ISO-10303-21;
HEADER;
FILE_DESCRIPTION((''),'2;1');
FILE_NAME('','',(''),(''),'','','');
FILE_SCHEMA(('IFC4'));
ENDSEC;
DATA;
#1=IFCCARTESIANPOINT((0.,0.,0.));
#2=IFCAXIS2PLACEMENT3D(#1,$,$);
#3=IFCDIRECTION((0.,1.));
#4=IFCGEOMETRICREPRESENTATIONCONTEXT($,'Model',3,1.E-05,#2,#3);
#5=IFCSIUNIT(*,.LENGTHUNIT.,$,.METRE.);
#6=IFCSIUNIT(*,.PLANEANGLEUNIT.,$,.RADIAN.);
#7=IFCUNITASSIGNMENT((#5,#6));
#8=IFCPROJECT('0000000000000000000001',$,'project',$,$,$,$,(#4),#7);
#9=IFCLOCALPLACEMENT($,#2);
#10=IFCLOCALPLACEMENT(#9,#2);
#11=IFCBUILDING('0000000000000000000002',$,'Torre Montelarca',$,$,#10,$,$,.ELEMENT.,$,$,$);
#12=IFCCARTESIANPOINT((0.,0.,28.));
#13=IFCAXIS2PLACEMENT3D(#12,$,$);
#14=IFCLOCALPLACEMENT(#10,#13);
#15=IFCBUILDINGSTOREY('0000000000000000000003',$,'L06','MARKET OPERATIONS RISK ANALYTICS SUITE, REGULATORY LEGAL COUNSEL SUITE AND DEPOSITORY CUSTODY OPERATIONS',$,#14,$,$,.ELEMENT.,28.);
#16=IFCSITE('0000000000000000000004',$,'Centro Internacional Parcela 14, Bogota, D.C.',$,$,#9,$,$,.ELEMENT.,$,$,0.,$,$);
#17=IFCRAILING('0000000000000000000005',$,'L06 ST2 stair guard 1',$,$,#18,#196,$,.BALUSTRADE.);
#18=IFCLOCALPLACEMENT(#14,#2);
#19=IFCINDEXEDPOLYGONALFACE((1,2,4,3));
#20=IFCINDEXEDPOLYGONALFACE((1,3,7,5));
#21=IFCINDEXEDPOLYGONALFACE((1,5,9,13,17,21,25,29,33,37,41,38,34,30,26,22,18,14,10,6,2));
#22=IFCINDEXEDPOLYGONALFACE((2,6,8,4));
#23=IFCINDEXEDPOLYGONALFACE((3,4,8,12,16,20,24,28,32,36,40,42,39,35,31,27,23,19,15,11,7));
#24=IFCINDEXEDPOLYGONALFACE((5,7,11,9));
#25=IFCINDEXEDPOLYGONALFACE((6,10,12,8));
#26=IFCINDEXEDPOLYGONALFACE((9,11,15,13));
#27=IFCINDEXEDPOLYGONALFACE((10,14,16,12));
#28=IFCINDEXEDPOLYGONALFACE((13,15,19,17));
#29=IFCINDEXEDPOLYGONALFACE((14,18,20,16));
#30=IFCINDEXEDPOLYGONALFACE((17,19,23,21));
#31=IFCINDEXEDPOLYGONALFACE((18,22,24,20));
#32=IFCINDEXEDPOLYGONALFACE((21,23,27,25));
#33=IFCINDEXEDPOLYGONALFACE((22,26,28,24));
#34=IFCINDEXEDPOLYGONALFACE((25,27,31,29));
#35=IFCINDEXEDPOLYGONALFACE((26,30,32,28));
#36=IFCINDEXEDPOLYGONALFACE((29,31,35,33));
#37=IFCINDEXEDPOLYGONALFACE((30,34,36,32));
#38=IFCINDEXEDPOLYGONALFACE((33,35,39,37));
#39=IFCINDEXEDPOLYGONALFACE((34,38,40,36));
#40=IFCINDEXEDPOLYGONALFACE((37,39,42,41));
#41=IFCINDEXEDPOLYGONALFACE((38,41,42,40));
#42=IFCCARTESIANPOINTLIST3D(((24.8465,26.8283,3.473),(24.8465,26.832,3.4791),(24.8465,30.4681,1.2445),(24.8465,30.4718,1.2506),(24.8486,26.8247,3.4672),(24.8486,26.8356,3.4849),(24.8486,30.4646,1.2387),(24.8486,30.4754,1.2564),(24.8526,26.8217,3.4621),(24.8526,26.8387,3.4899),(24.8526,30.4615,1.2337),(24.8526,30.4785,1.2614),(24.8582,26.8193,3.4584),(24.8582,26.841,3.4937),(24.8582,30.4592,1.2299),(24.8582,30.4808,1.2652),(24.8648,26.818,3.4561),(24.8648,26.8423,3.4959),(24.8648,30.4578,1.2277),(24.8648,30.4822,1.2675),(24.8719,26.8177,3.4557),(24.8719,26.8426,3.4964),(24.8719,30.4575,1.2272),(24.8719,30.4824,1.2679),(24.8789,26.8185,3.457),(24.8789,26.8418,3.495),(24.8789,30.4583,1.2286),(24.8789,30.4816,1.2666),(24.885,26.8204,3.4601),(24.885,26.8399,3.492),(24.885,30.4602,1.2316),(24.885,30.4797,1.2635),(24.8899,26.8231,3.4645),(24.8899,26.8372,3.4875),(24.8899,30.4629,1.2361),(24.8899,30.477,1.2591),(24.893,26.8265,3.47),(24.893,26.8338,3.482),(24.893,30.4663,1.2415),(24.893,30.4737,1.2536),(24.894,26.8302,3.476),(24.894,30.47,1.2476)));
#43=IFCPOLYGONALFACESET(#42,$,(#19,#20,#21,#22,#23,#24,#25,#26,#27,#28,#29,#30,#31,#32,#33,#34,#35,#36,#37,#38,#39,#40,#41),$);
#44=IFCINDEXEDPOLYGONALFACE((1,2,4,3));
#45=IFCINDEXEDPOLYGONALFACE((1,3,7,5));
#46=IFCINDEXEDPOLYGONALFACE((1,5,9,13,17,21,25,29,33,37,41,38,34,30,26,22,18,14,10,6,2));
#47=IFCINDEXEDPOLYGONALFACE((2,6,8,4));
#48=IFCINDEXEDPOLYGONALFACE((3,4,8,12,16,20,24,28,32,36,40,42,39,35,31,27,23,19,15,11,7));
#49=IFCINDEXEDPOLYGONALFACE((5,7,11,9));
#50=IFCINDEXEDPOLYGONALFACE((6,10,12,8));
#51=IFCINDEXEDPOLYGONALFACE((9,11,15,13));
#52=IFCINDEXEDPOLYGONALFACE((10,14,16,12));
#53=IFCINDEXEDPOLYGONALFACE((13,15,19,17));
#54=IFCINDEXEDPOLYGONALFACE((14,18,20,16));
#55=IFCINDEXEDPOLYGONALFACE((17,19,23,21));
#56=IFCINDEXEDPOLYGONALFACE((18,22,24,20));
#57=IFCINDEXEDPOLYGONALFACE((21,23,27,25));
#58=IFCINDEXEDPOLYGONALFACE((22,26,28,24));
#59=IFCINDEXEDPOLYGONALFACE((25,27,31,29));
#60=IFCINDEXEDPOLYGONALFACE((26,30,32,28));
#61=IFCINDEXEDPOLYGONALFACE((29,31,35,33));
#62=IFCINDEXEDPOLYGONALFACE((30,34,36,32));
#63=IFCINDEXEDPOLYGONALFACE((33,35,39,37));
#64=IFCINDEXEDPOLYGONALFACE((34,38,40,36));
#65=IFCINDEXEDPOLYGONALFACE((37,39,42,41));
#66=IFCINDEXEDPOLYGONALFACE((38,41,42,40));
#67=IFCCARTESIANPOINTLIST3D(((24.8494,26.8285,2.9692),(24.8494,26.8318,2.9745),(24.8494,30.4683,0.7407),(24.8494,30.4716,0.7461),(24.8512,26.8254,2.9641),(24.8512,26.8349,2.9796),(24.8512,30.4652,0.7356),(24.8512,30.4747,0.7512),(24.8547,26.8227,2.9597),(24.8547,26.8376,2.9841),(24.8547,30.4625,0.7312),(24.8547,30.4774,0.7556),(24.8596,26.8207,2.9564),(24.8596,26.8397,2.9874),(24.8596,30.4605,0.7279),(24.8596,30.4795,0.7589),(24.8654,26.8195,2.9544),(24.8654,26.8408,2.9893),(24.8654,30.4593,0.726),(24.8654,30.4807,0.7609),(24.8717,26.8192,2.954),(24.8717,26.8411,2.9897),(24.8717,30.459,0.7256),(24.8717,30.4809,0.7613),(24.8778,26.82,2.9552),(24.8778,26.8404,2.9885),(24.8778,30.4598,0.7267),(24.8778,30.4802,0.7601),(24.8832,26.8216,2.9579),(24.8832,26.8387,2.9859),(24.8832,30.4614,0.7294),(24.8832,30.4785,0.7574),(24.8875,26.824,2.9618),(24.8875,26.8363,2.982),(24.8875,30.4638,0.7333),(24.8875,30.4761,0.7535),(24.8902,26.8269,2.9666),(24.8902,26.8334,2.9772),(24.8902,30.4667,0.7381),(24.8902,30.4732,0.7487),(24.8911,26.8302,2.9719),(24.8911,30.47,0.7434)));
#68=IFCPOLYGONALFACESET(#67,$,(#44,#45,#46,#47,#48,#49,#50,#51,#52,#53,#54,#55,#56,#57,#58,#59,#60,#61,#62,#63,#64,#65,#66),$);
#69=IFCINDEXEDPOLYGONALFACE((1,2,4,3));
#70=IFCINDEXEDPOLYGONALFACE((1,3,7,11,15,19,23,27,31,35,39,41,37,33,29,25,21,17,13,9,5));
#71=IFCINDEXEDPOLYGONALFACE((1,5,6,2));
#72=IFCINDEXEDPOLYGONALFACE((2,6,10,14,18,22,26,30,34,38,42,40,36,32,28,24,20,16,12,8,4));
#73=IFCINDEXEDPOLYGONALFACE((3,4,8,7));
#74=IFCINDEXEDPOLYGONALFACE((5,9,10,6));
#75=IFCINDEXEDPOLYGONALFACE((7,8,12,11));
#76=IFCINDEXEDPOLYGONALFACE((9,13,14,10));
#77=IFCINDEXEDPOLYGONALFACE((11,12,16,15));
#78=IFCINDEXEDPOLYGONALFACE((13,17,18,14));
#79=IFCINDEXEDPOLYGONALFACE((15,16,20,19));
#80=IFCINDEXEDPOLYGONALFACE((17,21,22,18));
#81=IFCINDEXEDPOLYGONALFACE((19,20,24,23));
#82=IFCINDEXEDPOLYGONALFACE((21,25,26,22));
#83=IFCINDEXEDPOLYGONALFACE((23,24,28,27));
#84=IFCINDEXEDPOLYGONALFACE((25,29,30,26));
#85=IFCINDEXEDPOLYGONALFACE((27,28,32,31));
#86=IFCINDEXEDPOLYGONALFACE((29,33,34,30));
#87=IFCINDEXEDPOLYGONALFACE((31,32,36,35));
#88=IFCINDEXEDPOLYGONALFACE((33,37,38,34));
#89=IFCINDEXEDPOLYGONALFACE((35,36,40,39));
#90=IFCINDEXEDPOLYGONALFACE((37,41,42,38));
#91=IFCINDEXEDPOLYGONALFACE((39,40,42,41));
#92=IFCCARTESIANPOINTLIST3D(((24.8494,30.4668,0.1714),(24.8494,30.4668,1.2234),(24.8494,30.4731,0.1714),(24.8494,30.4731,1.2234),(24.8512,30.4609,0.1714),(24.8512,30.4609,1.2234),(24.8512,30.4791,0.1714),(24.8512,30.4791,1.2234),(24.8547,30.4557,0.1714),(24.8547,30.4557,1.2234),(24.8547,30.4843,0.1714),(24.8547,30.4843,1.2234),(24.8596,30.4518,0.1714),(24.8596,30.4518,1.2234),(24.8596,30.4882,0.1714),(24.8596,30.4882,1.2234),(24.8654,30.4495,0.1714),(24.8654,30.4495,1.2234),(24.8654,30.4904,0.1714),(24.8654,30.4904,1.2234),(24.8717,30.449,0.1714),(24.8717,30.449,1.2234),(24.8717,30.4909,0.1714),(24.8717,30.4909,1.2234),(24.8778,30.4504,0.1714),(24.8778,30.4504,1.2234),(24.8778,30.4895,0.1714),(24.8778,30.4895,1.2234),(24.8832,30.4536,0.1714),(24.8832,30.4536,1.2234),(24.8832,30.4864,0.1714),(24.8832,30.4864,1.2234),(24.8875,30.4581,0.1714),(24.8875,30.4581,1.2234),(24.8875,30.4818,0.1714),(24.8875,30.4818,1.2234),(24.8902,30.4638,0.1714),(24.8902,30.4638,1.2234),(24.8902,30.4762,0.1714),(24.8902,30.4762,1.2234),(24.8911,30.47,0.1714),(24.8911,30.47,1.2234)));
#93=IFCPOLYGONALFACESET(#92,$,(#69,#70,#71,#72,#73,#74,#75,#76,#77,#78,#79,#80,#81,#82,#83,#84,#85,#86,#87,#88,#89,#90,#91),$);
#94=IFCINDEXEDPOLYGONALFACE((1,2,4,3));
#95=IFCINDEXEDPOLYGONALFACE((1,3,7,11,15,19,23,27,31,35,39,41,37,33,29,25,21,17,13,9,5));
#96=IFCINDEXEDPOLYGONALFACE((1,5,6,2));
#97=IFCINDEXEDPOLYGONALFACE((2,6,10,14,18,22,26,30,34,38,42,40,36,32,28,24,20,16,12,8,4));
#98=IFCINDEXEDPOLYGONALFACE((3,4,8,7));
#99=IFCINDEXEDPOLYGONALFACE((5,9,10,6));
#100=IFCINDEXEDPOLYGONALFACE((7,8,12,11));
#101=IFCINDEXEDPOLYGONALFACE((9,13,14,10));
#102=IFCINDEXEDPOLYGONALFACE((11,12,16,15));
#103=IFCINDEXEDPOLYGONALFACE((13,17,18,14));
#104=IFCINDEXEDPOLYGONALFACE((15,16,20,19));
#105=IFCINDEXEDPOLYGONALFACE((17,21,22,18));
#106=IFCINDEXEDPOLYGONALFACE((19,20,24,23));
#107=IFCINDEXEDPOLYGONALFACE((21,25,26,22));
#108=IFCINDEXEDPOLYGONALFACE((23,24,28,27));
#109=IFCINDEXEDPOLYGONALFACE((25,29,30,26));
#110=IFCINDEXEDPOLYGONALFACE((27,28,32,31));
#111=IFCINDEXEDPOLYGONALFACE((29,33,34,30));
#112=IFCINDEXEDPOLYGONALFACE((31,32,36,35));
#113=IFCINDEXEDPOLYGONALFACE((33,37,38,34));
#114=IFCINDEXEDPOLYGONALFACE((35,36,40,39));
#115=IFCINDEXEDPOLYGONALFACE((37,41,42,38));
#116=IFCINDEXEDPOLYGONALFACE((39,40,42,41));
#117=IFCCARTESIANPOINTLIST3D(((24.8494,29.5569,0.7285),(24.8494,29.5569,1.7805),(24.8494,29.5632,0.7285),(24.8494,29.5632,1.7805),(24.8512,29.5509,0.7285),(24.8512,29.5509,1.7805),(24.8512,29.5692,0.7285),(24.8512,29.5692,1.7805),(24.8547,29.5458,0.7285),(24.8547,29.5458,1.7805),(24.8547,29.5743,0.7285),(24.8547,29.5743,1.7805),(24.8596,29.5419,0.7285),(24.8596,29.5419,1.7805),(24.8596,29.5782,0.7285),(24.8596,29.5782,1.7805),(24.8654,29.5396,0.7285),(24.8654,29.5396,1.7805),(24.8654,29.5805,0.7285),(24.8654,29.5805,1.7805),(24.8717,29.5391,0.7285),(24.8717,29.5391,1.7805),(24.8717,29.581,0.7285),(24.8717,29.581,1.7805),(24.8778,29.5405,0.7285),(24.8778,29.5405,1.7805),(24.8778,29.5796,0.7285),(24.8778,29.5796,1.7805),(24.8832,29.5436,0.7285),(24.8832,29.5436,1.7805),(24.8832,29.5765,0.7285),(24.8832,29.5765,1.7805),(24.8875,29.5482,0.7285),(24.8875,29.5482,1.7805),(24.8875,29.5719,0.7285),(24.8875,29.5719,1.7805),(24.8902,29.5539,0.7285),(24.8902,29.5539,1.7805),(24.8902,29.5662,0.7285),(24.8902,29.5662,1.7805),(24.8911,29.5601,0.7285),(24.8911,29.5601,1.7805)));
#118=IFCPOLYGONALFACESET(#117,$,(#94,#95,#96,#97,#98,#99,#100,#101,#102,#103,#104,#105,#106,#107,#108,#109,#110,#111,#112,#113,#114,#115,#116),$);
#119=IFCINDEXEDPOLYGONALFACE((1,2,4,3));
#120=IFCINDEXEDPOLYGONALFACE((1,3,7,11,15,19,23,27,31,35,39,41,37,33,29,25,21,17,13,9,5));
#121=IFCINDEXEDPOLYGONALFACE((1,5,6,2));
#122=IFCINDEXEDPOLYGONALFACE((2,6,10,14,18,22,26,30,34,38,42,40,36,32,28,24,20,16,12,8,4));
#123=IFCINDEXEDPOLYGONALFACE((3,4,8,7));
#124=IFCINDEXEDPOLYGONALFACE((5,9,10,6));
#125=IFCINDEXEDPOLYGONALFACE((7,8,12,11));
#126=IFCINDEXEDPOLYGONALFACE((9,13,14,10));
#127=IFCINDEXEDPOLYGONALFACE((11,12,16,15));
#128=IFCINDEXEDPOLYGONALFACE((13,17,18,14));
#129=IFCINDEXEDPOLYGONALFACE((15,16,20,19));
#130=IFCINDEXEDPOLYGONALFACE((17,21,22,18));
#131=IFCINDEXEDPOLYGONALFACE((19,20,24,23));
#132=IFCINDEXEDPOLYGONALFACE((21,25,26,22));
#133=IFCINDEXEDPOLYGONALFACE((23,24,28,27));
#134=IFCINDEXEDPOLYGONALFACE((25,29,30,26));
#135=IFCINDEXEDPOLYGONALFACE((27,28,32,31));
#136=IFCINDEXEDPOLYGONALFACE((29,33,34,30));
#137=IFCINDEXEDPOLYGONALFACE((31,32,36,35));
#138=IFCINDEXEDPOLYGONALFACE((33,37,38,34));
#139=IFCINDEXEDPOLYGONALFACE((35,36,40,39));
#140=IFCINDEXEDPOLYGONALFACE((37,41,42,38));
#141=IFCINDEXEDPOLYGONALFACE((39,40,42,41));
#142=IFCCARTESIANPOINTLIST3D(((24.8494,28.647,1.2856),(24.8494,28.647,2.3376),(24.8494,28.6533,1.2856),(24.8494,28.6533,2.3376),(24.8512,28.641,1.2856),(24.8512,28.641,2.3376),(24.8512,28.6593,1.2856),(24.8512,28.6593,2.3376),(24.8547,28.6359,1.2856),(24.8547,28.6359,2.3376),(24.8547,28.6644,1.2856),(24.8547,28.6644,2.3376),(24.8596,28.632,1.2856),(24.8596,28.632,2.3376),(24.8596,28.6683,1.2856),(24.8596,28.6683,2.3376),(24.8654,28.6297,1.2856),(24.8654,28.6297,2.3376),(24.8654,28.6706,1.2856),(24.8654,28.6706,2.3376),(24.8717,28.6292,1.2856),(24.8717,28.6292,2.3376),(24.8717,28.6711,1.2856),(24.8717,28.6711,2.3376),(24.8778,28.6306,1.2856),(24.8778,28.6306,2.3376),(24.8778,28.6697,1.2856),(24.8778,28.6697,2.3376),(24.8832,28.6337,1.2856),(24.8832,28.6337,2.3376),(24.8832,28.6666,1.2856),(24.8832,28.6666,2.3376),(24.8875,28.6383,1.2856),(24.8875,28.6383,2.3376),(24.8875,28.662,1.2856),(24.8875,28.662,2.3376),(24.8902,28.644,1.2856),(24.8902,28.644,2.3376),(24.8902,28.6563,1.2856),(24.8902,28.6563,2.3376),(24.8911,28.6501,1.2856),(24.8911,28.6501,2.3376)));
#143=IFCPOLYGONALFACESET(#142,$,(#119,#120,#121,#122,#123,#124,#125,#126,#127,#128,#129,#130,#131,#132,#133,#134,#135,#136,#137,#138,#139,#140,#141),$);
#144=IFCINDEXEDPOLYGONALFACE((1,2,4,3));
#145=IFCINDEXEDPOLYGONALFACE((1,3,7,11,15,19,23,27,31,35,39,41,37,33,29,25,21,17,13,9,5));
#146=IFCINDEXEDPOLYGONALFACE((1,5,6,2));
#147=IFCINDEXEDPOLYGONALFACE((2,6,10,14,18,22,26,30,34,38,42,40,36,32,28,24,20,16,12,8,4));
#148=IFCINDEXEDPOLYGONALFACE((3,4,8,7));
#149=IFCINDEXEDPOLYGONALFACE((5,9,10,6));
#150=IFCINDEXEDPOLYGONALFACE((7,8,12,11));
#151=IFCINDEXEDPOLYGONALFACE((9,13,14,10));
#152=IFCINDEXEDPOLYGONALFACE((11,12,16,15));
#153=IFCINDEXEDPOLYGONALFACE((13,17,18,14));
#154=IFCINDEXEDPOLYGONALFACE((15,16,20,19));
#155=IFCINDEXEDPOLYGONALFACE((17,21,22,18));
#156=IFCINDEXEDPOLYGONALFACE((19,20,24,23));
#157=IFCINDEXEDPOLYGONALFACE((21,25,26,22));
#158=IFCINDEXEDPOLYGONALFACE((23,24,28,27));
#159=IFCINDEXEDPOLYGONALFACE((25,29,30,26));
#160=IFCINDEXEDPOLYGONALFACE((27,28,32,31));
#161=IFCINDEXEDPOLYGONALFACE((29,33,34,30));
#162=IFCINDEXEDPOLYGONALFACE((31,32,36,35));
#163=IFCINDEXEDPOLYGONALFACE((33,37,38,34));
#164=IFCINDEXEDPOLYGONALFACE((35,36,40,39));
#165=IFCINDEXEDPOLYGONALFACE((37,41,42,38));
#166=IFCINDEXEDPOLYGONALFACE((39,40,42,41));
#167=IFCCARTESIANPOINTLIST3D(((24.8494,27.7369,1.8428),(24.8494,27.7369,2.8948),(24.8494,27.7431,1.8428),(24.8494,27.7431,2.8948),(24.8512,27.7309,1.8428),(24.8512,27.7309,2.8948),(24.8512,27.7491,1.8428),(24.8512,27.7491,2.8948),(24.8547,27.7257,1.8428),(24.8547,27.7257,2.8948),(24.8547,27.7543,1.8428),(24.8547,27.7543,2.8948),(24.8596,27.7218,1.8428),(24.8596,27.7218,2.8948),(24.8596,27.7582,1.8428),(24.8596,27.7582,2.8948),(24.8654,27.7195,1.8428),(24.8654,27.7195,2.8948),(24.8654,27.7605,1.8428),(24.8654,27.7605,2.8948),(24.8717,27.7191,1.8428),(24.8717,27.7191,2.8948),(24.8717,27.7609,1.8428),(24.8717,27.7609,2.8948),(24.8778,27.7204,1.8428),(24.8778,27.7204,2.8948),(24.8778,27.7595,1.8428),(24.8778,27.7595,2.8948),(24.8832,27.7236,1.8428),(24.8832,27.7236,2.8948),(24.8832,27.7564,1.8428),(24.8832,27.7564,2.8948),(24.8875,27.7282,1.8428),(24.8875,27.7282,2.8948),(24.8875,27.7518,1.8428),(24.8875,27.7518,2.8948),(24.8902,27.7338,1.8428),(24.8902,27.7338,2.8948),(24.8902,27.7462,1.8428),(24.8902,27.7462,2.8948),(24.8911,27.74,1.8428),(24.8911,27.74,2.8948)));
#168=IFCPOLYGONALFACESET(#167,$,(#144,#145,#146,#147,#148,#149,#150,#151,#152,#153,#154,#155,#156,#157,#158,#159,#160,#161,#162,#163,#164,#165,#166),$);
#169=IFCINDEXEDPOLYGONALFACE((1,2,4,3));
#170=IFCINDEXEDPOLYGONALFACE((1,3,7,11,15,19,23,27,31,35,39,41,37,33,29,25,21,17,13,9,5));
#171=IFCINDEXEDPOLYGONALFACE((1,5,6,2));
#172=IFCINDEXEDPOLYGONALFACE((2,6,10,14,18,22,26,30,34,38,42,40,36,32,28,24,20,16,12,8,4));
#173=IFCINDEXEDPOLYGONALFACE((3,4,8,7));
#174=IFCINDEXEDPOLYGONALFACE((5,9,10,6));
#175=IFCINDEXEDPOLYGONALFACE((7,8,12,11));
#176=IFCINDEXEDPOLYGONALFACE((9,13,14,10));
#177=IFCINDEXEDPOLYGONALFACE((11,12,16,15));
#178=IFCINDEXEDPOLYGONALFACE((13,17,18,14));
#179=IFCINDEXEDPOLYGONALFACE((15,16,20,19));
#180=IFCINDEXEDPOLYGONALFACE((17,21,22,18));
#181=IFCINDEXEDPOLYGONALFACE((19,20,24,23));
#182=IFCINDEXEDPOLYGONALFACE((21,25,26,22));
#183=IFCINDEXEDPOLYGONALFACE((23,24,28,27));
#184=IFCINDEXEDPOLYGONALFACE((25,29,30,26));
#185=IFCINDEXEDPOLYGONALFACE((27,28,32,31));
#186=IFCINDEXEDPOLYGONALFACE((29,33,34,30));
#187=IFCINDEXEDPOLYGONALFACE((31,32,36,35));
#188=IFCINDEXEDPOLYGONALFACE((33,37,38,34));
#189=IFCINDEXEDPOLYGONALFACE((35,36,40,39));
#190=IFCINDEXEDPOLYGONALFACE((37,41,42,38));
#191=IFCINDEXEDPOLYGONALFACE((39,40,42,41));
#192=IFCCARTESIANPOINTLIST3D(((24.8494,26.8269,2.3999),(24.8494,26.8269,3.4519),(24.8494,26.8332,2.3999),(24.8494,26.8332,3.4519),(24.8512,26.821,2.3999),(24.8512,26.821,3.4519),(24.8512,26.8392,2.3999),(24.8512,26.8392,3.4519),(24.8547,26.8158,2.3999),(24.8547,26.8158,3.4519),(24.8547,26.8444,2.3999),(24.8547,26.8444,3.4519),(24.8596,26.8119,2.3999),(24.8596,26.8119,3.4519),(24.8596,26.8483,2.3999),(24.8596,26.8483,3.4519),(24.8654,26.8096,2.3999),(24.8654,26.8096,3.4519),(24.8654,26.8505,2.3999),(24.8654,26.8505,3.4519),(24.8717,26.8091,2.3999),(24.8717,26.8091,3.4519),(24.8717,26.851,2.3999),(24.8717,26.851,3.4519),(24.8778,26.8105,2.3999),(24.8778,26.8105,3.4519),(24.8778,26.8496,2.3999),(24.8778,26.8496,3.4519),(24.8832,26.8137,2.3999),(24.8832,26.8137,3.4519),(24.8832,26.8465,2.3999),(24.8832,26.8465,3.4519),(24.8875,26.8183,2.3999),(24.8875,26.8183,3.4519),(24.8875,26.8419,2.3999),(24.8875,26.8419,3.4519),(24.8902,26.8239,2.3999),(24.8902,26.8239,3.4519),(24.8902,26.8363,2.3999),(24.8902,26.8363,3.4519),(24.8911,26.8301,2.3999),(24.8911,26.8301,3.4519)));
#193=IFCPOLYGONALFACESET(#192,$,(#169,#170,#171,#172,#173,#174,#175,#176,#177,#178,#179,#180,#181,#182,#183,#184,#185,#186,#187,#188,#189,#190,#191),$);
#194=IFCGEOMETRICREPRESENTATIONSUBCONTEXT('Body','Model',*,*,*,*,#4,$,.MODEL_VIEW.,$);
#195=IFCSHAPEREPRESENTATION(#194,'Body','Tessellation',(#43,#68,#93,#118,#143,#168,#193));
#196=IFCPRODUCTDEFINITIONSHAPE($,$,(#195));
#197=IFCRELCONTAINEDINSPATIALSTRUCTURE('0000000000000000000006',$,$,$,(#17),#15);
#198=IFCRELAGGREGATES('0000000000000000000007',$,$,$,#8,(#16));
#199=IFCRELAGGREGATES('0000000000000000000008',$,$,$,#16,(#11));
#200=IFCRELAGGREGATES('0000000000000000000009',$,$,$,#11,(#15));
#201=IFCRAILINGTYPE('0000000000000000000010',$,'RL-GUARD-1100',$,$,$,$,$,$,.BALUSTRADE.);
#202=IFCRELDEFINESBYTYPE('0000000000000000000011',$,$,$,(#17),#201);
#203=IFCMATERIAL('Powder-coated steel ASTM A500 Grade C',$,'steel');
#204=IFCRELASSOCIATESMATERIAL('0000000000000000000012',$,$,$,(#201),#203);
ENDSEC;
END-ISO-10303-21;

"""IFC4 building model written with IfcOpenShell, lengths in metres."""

from ifc_helpers import new_model, si_unit, direction, frame, origin, origin_2d, place, context, subcontext, project, spatial, circle, extrude, material, type_object, element, save


model = new_model("IFC4")

# Units and contexts
model_context = context("Model", 3, precision=1e-05, world=origin(), true_north=direction((0.0, 1.0)))
body_context = subcontext(model_context, "Body", "Model", "MODEL_VIEW")
ifc_project = project(units=[si_unit("LENGTHUNIT", "METRE"), si_unit("PLANEANGLEUNIT", "RADIAN")], contexts=[model_context])

# Site, building, storey
site_placement = place(None, origin())
site = spatial("IfcSite", under=ifc_project, at=site_placement, Name="Centro Internacional Parcela 14, Bogota, D.C.", CompositionType="ELEMENT", RefElevation=0.0)
building_placement = place(site_placement, origin())
building = spatial("IfcBuilding", under=site, at=building_placement, Name="Torre Montelarca", CompositionType="ELEMENT")
storey_placement = place(building_placement, frame((0.0, 0.0, 28.0)))
storey = spatial("IfcBuildingStorey", under=building, at=storey_placement, Name="L06", Description="MARKET OPERATIONS RISK ANALYTICS SUITE, REGULATORY LEGAL COUNSEL SUITE AND DEPOSITORY CUSTODY OPERATIONS", CompositionType="ELEMENT", Elevation=28.0)

# Railing
ifc_material_1 = material(Name="Powder-coated steel ASTM A500 Grade C", Category="steel")
railing_type_1 = type_object("IfcRailingType", Name="RL-GUARD-1100", PredefinedType="BALUSTRADE", material=ifc_material_1)
railing_1_placement = place(storey_placement, frame((24.8701, 30.47, 0.1714)))
element("IfcRailing", 1, at=railing_1_placement, inside=storey, type_object=railing_type_1, Name="L06 ST2 stair guard 1", PredefinedType="BALUSTRADE", context=body_context, shape_type="SweptSolid", body=[
    extrude(circle(Radius=0.0239, at=origin_2d()), frame((0.0, 0.0, 1.0762), z_axis=(0.0, -0.85285, 0.522156), x_axis=(1.0, 0.0, 0.0)), (0.0, 0.0, 1.0), 4.2678),
    extrude(circle(Radius=0.021, at=origin_2d()), frame((0.0, 0.0, 0.572), z_axis=(0.0, -0.85285, 0.522156), x_axis=(1.0, 0.0, 0.0)), (0.0, 0.0, 1.0), 4.2678),
    extrude(circle(Radius=0.021, at=origin_2d()), origin(), (0.0, 0.0, 1.0), 1.052),
    extrude(circle(Radius=0.021, at=origin_2d()), frame((0.0, -0.9099, 0.5571)), (0.0, 0.0, 1.0), 1.052),
    extrude(circle(Radius=0.021, at=origin_2d()), frame((0.0, -1.8198, 1.1143)), (0.0, 0.0, 1.0), 1.052),
    extrude(circle(Radius=0.021, at=origin_2d()), frame((0.0, -2.73, 1.6714)), (0.0, 0.0, 1.0), 1.052),
    extrude(circle(Radius=0.021, at=origin_2d()), frame((0.0, -3.6399, 2.2285)), (0.0, 0.0, 1.0), 1.052),
])

save(model, "model.ifc")
